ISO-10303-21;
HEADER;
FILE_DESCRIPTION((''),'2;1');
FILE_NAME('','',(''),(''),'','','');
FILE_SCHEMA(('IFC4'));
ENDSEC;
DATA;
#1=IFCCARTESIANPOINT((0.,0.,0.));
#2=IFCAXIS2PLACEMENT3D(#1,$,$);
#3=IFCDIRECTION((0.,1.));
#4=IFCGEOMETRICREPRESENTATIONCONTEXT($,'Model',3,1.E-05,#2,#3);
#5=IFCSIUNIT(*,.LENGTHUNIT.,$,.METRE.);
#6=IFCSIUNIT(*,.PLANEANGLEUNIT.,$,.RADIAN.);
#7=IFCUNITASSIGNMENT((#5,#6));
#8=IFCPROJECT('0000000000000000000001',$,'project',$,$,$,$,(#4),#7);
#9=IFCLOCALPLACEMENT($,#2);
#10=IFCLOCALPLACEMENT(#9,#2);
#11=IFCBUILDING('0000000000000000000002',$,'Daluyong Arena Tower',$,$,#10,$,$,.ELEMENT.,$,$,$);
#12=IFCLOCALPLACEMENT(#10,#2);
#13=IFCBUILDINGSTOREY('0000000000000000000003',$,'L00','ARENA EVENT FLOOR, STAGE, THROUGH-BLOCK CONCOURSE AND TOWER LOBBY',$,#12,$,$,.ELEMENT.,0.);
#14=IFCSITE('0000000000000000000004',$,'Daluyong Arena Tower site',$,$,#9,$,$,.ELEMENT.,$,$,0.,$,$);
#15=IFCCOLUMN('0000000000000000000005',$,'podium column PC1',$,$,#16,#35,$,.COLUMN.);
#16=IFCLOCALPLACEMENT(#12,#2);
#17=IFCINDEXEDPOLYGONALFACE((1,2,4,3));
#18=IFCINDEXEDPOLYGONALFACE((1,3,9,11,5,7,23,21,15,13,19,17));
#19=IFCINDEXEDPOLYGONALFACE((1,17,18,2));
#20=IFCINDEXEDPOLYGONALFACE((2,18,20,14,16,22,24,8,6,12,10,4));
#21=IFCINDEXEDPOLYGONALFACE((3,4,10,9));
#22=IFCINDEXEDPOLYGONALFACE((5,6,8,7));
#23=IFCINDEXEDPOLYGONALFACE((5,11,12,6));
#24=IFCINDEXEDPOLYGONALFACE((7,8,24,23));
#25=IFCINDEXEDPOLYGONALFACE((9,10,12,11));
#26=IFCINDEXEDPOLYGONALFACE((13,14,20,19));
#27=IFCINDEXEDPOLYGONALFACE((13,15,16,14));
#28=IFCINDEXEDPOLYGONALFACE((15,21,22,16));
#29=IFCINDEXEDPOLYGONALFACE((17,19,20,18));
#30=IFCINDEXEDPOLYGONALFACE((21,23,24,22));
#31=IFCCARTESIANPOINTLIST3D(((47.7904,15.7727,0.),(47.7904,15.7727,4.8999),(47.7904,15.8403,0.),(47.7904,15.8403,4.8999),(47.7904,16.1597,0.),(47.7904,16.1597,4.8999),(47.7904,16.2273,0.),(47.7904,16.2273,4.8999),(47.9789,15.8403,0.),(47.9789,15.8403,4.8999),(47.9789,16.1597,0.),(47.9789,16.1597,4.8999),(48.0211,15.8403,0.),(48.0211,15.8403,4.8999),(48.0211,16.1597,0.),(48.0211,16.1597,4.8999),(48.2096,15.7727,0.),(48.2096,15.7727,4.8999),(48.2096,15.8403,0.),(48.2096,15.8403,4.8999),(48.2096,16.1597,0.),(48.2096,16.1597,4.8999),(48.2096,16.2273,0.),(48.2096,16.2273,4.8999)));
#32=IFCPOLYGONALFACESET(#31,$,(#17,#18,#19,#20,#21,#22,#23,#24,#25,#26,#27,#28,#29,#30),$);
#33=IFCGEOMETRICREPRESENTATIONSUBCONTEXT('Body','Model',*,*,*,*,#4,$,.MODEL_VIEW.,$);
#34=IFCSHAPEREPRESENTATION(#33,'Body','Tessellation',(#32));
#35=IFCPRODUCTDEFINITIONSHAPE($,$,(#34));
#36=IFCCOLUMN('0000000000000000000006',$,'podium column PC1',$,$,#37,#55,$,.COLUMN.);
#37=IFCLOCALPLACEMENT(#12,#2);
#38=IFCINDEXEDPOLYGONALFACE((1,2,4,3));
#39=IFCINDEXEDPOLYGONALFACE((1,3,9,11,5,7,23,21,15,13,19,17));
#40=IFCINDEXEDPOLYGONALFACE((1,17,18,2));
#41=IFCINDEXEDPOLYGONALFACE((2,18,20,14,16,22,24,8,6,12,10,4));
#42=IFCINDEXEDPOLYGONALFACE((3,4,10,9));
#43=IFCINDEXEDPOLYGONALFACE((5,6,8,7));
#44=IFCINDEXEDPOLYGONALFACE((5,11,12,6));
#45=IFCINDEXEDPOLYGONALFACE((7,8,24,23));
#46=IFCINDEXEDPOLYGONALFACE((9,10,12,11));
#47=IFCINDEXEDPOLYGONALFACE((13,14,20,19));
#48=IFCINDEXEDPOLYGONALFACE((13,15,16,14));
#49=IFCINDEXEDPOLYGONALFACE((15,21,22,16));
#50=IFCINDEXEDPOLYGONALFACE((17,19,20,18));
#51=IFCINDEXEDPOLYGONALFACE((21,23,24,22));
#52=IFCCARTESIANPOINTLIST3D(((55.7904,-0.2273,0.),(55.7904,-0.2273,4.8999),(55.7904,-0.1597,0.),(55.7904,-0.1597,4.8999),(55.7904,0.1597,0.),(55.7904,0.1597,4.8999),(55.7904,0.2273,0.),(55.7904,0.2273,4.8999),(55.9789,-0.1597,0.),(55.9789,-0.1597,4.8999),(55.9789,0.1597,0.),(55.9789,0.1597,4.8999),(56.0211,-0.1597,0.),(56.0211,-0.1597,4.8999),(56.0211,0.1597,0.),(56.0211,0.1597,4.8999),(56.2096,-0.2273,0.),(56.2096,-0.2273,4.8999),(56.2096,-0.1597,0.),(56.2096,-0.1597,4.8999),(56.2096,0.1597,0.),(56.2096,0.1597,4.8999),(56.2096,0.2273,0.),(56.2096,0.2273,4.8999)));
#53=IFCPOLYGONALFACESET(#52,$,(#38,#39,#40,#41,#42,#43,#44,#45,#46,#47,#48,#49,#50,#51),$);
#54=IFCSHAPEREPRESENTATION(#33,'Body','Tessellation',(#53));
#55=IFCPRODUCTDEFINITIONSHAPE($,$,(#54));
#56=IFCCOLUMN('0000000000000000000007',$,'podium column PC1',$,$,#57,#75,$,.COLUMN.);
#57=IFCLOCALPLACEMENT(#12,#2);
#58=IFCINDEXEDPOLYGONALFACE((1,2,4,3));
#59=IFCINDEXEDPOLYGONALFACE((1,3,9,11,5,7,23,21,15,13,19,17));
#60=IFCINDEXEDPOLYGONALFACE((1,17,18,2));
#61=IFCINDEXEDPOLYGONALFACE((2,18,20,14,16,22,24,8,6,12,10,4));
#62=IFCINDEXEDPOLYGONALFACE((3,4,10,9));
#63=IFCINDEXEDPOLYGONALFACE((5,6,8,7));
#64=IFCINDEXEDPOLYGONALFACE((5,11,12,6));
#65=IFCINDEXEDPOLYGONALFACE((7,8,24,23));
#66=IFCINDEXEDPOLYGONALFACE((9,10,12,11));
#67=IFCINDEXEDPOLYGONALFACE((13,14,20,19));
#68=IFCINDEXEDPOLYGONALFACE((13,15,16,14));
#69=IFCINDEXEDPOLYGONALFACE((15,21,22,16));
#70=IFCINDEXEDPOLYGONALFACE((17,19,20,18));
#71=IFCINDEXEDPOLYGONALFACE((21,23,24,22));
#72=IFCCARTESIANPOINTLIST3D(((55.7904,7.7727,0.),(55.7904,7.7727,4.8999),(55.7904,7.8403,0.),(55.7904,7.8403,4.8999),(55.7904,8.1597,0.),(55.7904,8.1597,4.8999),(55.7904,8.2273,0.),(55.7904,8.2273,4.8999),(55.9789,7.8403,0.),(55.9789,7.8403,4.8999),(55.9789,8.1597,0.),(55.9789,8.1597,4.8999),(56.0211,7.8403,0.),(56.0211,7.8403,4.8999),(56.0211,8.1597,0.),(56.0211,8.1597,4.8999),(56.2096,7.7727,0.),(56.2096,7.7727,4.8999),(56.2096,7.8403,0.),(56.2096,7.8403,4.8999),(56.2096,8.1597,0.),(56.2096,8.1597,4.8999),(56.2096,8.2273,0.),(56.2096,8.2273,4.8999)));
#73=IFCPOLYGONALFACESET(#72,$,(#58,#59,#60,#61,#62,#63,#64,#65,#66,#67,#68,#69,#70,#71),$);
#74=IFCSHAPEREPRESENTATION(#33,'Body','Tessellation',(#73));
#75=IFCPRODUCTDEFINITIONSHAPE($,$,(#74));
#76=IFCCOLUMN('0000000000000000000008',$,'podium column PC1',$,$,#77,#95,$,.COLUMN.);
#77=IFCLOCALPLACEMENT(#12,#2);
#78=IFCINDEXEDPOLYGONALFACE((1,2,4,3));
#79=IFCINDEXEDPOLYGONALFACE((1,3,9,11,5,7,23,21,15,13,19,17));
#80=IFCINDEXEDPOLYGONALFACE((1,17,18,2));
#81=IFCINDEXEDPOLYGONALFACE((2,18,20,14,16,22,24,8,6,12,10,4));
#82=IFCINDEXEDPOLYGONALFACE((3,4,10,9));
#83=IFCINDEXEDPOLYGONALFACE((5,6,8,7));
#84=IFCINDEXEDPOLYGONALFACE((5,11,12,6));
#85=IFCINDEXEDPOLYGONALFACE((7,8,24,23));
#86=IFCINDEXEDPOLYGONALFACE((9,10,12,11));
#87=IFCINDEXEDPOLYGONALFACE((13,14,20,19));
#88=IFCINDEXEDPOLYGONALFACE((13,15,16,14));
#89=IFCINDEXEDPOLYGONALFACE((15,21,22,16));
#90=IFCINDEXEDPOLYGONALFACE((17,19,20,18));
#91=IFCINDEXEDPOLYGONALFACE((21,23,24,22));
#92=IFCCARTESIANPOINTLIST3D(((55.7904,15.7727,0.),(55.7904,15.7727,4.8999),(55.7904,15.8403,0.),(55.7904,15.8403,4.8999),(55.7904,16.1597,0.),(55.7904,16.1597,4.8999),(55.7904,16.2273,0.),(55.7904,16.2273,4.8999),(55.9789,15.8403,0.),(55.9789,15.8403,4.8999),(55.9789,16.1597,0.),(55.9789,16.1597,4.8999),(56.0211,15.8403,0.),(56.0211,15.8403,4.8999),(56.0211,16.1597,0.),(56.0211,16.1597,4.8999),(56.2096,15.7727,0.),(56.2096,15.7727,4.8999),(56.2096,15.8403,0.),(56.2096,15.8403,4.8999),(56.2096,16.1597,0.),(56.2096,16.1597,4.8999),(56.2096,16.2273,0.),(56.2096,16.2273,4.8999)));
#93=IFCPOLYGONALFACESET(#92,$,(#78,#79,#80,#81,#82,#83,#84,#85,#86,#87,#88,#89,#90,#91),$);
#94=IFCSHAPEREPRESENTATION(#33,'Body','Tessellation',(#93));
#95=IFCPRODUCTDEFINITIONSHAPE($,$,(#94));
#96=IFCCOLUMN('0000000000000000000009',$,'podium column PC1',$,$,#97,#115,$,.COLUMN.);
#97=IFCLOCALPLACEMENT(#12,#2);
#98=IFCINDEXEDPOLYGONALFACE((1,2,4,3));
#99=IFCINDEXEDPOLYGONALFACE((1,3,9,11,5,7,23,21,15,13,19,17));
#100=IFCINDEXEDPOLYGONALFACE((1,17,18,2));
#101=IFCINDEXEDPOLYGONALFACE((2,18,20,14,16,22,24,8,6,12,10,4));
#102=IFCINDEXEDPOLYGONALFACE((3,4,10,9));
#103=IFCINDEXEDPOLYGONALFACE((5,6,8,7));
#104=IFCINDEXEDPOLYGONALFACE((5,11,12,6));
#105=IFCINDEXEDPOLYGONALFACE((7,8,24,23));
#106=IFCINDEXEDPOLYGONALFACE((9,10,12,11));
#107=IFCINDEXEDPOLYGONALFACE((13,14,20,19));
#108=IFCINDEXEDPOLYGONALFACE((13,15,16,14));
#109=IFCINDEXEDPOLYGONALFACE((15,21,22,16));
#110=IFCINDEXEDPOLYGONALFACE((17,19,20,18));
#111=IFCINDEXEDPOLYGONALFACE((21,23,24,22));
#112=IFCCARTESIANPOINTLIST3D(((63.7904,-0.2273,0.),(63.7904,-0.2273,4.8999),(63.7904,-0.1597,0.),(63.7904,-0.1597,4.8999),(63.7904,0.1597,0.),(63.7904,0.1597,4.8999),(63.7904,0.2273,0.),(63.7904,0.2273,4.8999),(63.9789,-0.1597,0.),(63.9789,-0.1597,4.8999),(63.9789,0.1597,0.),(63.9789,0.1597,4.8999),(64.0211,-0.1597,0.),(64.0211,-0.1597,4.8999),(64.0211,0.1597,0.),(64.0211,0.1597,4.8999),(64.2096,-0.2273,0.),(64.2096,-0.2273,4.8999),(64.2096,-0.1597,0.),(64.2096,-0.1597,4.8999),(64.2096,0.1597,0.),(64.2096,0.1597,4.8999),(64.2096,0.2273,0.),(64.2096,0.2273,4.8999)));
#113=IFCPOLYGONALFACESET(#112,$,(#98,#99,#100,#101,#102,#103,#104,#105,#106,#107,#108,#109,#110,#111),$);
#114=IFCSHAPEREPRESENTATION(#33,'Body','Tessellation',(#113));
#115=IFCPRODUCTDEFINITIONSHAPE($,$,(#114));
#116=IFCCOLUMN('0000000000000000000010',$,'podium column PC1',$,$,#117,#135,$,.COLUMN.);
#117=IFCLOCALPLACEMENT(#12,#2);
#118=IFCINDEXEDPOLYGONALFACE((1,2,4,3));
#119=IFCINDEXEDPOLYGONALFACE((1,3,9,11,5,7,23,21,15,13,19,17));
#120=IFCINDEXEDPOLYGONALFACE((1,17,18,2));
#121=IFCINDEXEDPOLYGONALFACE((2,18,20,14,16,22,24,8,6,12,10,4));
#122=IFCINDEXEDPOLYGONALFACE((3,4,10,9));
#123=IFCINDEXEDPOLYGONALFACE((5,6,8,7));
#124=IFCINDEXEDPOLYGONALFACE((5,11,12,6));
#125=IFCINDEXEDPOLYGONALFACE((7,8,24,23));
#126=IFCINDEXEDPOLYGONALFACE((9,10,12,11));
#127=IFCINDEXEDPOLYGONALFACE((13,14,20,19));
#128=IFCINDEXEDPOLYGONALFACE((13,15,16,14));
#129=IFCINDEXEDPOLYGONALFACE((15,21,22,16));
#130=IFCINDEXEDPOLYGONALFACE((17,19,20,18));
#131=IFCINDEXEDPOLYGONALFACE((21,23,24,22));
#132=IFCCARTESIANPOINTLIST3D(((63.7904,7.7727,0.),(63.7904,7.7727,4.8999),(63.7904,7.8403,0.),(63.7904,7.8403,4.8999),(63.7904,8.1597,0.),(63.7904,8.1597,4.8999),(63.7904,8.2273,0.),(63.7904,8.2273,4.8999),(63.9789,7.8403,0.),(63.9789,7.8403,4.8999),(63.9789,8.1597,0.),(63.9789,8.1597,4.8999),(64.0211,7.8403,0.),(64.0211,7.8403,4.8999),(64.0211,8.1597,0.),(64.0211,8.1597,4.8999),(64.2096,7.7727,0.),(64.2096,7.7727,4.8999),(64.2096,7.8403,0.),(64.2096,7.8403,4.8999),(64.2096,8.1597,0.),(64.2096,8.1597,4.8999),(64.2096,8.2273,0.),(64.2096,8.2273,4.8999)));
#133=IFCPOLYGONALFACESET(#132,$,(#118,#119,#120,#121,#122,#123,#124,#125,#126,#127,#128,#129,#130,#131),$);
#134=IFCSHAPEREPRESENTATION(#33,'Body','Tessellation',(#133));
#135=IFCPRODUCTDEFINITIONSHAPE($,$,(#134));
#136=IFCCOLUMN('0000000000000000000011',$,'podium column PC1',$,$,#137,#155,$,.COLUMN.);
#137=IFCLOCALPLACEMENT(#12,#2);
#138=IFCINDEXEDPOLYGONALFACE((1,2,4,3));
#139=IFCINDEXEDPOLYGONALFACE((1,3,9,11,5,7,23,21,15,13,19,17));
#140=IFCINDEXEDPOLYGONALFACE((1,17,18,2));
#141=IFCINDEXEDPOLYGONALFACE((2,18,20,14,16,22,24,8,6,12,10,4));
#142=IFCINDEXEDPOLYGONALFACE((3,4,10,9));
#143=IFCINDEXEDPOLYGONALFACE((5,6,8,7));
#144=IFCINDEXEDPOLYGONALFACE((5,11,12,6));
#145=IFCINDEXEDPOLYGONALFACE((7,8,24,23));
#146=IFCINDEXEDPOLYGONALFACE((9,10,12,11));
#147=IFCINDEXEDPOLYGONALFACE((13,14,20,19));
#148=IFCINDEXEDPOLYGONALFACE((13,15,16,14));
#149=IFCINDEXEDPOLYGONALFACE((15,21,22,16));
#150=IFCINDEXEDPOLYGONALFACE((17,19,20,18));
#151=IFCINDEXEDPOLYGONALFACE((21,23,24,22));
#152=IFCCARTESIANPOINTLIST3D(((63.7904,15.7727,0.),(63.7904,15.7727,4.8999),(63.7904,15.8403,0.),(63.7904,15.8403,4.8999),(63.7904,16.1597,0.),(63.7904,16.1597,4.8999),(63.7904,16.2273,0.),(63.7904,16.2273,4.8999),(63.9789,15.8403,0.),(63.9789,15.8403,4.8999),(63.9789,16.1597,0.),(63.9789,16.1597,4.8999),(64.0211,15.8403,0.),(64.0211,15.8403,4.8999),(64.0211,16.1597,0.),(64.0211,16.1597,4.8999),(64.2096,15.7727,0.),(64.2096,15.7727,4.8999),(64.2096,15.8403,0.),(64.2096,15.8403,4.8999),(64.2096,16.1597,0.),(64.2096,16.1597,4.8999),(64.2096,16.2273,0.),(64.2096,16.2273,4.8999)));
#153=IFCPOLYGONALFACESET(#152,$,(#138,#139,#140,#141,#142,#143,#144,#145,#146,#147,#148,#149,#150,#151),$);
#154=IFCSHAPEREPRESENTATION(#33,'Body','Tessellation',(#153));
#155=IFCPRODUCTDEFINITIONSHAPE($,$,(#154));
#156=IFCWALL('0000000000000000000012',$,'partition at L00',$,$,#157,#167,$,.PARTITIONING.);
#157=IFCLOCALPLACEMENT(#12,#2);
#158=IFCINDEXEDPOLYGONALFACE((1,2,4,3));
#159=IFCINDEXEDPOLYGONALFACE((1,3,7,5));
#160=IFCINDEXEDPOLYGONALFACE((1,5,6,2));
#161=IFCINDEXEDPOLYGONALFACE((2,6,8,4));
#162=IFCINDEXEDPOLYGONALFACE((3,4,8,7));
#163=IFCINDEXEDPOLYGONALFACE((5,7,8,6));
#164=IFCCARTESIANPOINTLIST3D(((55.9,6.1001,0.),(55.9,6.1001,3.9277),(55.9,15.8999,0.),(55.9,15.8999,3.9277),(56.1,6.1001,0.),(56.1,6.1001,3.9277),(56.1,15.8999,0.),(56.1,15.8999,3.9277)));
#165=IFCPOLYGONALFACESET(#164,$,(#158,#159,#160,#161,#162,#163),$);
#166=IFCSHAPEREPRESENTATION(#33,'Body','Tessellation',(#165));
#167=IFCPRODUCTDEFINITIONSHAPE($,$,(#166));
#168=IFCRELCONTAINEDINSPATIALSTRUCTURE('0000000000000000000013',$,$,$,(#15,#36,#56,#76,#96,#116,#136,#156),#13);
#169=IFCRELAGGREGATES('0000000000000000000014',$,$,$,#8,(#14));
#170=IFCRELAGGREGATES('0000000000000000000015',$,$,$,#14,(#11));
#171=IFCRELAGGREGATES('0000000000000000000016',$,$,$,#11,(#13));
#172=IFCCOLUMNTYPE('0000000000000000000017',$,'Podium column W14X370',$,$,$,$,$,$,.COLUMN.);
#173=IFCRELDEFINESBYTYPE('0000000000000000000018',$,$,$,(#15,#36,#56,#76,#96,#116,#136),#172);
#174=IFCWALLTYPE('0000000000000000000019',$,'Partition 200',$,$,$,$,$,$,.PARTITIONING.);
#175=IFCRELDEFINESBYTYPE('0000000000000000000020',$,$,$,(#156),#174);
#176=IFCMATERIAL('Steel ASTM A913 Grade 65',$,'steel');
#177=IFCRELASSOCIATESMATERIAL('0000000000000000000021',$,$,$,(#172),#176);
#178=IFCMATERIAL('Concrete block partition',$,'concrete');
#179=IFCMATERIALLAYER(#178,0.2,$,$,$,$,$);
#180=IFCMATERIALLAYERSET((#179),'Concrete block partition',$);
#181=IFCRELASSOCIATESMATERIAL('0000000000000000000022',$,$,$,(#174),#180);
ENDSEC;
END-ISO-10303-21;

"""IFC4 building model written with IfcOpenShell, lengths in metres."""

from ifc_helpers import new_model, si_unit, direction, frame, frame_2d, origin, origin_2d, place, context, subcontext, project, spatial, rectangle, i_section, extrude, material, layer, layer_set, material_profile, profile_set, type_object, element, save


model = new_model("IFC4")

# Units and contexts
model_context = context("Model", 3, precision=1e-05, world=origin(), true_north=direction((0.0, 1.0)))
body_context = subcontext(model_context, "Body", "Model", "MODEL_VIEW")
ifc_project = project(units=[si_unit("LENGTHUNIT", "METRE"), si_unit("PLANEANGLEUNIT", "RADIAN")], contexts=[model_context])

# Site, building, storey
site_placement = place(None, origin())
site = spatial("IfcSite", under=ifc_project, at=site_placement, Name="Daluyong Arena Tower site", CompositionType="ELEMENT", RefElevation=0.0)
building_placement = place(site_placement, origin())
building = spatial("IfcBuilding", under=site, at=building_placement, Name="Daluyong Arena Tower", CompositionType="ELEMENT")
storey_placement = place(building_placement, origin())
storey = spatial("IfcBuildingStorey", under=building, at=storey_placement, Name="L00", Description="ARENA EVENT FLOOR, STAGE, THROUGH-BLOCK CONCOURSE AND TOWER LOBBY", CompositionType="ELEMENT", Elevation=0.0)

# Columns
ifc_material_1 = material(Name="Steel ASTM A913 Grade 65", Category="steel")
ifc_material_profile = material_profile(ifc_material_1, i_section(OverallWidth=0.4192, OverallDepth=0.4546, WebThickness=0.0422, FlangeThickness=0.0676, at=origin_2d()))
ifc_profile_set = profile_set([ifc_material_profile], Name="Steel ASTM A913 Grade 65")
column_type = type_object("IfcColumnType", Name="Podium column W14X370", PredefinedType="COLUMN", material=ifc_profile_set)
for number, where, z_axis, x_axis, name in (
    (1, (48.0, 16.0, 0.0), (0.0, 0.0, 1.0), (1.0, 0.0, 0.0), "podium column PC1"),
    (2, (56.0, 0.0, 0.0), (0.0, 0.0, 1.0), (1.0, 0.0, 0.0), "podium column PC1"),
    (3, (56.0, 8.0, 0.0), (0.0, 0.0, 1.0), (1.0, 0.0, 0.0), "podium column PC1"),
    (4, (56.0, 16.0, 0.0), (0.0, 0.0, 1.0), (1.0, 0.0, 0.0), "podium column PC1"),
    (5, (64.0, 0.0, 0.0), (0.0, 0.0, 1.0), (1.0, 0.0, 0.0), "podium column PC1"),
    (6, (64.0, 8.0, 0.0), (0.0, 0.0, 1.0), (1.0, 0.0, 0.0), "podium column PC1"),
    (7, (64.0, 16.0, 0.0), (0.0, 0.0, 1.0), (1.0, 0.0, 0.0), "podium column PC1"),
):
    element("IfcColumn", number, at=place(storey_placement, frame(where, z_axis=z_axis, x_axis=x_axis)), inside=storey, type_object=column_type, Name=name, PredefinedType="COLUMN", context=body_context, shape_type="SweptSolid", body=[
        extrude(i_section(OverallWidth=0.4192, OverallDepth=0.4546, WebThickness=0.0422, FlangeThickness=0.0676, at=origin_2d()), origin(), (0.0, 0.0, 1.0), 4.8999),
    ])

# Wall
ifc_material_2 = material(Name="Concrete block partition", Category="concrete")
ifc_layer_1 = layer(ifc_material_2, 0.2)
ifc_layer_set_1 = layer_set([ifc_layer_1], Name="Concrete block partition")
wall_type = type_object("IfcWallType", Name="Partition 200", PredefinedType="PARTITIONING", material=ifc_layer_set_1)
wall_placement = place(storey_placement, frame((56.0, 6.1001, 0.0), z_axis=(0.0, 0.0, 1.0), x_axis=(0.0, 1.0, 0.0)))
element("IfcWall", 8, at=wall_placement, inside=storey, type_object=wall_type, Name="partition at L00", PredefinedType="PARTITIONING", context=body_context, shape_type="SweptSolid", body=[
    extrude(rectangle(XDim=9.7998, YDim=0.2, at=frame_2d((4.8999, 0.0))), origin(), (0.0, 0.0, 1.0), 3.9277),
])

save(model, "model.ifc")
